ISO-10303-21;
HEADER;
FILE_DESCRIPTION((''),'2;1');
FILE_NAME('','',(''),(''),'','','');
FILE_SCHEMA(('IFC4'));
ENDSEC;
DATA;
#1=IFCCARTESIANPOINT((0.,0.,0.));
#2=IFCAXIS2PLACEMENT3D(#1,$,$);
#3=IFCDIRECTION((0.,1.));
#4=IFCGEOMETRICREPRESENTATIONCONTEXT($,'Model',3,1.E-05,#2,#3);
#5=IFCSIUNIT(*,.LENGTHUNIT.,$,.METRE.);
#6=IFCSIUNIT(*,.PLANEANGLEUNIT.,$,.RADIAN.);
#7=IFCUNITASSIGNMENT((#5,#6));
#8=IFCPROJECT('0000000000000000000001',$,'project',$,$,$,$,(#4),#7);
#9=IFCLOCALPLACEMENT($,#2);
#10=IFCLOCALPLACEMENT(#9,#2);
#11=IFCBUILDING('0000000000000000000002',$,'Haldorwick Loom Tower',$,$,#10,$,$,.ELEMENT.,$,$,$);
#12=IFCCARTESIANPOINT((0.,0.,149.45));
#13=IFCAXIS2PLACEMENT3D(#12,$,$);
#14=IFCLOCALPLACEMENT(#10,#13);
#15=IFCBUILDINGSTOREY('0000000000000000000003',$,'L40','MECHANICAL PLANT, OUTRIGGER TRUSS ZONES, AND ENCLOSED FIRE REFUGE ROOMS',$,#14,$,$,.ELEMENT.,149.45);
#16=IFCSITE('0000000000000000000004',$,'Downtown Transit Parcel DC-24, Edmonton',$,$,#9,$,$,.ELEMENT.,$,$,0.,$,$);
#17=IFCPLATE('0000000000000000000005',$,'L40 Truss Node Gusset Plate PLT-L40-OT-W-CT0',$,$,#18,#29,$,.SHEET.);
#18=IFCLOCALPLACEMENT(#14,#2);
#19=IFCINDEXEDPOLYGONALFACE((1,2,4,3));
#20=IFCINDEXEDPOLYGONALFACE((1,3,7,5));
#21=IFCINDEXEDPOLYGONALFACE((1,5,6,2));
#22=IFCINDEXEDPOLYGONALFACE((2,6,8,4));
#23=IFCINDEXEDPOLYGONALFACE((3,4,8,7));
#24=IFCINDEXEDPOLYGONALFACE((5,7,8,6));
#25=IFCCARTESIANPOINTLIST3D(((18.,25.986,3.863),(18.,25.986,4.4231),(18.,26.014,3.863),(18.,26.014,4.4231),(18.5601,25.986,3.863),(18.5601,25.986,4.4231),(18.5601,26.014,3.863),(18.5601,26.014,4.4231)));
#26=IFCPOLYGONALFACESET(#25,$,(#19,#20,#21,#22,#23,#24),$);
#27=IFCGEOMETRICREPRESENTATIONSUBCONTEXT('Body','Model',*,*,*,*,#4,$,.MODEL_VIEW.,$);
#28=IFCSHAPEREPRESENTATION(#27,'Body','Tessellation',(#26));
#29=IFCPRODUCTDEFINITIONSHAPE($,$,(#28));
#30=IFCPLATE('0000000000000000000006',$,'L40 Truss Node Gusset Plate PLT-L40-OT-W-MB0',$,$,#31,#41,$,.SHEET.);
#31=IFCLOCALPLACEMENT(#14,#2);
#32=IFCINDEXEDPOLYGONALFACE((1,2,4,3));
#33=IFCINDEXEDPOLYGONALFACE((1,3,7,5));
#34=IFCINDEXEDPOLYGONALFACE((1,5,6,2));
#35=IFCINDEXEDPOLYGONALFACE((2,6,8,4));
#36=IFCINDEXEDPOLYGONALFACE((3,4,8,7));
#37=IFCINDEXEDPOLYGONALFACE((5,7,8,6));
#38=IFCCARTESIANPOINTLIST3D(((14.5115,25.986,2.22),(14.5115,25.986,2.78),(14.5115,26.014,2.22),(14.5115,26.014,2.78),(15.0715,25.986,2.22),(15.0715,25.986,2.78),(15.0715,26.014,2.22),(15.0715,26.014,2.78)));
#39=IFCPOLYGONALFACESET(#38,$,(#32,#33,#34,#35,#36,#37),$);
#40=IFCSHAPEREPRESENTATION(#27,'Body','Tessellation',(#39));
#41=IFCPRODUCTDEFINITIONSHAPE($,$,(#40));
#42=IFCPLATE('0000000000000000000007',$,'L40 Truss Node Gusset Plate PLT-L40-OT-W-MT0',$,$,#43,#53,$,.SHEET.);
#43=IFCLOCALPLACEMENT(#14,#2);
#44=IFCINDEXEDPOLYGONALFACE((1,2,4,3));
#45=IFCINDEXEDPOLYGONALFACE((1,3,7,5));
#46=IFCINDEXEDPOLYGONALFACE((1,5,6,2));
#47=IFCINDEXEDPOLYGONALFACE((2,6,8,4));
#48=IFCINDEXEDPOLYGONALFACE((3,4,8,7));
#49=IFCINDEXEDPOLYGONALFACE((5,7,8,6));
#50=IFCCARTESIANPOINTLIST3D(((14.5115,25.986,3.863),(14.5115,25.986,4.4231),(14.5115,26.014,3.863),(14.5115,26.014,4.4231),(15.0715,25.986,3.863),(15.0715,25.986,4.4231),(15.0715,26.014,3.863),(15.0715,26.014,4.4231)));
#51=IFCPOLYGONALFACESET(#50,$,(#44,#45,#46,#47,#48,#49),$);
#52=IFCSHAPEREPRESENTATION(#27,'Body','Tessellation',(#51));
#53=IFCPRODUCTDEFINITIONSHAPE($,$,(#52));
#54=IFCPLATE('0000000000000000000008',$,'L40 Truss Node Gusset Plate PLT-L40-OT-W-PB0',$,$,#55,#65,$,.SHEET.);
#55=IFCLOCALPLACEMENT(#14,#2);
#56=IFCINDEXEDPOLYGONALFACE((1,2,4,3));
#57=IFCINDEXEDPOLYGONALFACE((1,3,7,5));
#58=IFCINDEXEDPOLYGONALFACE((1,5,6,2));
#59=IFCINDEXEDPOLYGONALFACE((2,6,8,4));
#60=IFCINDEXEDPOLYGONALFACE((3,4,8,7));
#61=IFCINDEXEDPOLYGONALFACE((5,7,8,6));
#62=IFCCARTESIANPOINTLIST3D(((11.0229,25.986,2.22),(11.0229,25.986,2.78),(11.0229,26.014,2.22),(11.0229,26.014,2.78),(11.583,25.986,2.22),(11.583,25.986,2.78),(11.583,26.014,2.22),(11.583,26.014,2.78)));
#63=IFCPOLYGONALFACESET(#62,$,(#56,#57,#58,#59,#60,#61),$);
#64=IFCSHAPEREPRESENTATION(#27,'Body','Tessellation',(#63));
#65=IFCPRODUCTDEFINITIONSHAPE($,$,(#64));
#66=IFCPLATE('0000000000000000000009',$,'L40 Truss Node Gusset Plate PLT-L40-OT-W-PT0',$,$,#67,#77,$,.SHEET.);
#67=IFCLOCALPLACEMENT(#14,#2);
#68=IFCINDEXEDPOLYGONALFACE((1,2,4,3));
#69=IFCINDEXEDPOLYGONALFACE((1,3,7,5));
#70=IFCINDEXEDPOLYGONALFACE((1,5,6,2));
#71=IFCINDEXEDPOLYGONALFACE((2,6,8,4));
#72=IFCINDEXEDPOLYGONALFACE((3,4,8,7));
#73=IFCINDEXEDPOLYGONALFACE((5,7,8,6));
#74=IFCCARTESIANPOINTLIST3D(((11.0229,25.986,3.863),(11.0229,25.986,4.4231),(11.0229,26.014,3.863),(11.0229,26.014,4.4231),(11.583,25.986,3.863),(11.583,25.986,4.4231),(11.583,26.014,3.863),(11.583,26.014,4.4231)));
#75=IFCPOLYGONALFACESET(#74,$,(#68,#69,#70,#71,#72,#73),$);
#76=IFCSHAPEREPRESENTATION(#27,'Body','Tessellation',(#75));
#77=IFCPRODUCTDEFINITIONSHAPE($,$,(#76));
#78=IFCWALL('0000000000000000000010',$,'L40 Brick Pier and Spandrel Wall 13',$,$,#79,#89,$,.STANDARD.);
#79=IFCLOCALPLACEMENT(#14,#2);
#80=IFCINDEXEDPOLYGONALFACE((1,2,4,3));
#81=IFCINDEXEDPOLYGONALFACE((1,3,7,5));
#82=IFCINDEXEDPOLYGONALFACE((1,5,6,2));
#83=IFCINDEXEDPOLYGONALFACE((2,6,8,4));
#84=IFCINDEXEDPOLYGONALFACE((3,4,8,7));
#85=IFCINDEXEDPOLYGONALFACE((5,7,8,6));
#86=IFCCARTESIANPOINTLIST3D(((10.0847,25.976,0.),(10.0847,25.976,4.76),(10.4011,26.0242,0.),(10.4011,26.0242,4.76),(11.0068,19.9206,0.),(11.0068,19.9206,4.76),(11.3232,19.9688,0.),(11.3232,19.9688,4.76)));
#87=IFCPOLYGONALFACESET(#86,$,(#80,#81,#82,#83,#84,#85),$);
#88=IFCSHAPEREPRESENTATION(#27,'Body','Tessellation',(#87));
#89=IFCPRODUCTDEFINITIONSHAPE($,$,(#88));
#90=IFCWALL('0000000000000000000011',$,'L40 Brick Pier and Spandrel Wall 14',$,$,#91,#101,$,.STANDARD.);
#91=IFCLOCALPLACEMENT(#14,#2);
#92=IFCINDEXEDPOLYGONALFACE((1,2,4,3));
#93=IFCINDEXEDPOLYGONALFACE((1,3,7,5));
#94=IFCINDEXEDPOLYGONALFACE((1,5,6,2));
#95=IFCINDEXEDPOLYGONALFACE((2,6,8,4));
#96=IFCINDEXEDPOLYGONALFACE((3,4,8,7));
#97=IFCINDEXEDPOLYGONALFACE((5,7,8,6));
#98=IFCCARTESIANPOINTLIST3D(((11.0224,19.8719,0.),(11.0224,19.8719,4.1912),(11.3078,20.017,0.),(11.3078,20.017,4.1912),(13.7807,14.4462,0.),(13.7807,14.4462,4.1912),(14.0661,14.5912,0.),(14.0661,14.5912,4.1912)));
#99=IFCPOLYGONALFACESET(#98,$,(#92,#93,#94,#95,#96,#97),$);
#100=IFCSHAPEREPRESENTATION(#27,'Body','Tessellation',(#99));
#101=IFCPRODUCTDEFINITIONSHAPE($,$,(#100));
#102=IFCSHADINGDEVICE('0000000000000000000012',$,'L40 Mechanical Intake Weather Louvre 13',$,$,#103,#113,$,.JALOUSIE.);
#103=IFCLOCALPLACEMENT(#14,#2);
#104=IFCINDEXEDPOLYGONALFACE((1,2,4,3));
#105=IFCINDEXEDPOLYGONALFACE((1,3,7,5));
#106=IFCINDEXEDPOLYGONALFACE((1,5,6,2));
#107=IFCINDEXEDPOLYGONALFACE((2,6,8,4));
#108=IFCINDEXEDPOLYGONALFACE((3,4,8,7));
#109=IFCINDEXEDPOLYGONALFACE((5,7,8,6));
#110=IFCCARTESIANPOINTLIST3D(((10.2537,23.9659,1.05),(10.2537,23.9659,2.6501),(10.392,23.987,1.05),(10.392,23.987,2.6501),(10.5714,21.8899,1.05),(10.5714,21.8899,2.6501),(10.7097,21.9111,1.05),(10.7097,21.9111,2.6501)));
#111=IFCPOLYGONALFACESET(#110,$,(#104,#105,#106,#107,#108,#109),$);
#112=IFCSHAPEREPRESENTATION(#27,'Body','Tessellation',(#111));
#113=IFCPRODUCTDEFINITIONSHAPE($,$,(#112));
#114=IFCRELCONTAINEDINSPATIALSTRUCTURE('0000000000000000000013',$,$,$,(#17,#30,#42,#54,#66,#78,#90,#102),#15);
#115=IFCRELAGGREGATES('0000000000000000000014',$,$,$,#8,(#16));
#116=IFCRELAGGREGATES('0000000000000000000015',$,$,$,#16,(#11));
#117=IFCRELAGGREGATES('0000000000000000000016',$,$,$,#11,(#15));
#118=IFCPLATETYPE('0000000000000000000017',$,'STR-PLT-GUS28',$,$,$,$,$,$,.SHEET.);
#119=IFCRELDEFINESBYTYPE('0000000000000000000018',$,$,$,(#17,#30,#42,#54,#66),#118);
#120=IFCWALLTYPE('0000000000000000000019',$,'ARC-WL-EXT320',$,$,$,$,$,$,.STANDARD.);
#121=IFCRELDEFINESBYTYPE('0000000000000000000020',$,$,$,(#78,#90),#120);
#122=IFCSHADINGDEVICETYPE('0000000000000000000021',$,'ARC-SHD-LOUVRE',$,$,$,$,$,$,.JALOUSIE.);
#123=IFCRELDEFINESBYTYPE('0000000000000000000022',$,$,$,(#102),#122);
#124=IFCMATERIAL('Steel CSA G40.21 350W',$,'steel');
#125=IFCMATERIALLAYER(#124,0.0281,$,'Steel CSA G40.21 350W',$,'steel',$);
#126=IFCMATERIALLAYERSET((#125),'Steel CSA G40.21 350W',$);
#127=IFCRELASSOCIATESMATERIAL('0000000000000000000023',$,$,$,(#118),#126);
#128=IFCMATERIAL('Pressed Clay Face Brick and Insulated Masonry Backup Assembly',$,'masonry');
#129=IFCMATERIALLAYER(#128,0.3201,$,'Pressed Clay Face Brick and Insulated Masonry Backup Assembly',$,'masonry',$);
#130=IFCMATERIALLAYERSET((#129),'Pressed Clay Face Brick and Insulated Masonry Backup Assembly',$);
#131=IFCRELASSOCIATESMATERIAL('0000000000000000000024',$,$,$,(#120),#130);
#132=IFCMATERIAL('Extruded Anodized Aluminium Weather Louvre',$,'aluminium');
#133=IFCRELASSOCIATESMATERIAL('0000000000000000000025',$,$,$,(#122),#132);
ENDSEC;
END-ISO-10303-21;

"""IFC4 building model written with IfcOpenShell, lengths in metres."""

from ifc_helpers import new_model, si_unit, direction, frame, frame_2d, origin, origin_2d, place, context, subcontext, project, spatial, rectangle, extrude, material, layer, layer_set, type_object, element, save


model = new_model("IFC4")

# Units and contexts
model_context = context("Model", 3, precision=1e-05, world=origin(), true_north=direction((0.0, 1.0)))
body_context = subcontext(model_context, "Body", "Model", "MODEL_VIEW")
ifc_project = project(units=[si_unit("LENGTHUNIT", "METRE"), si_unit("PLANEANGLEUNIT", "RADIAN")], contexts=[model_context])

# Site, building, storey
site_placement = place(None, origin())
site = spatial("IfcSite", under=ifc_project, at=site_placement, Name="Downtown Transit Parcel DC-24, Edmonton", CompositionType="ELEMENT", RefElevation=0.0)
building_placement = place(site_placement, origin())
building = spatial("IfcBuilding", under=site, at=building_placement, Name="Haldorwick Loom Tower", CompositionType="ELEMENT")
storey_placement = place(building_placement, frame((0.0, 0.0, 149.45)))
storey = spatial("IfcBuildingStorey", under=building, at=storey_placement, Name="L40", Description="MECHANICAL PLANT, OUTRIGGER TRUSS ZONES, AND ENCLOSED FIRE REFUGE ROOMS", CompositionType="ELEMENT", Elevation=149.45)

# Shared definitions
ifc_material_1 = material(Name="Steel CSA G40.21 350W", Category="steel")

# Plates
ifc_layer_1 = layer(ifc_material_1, 0.0281, Name="Steel CSA G40.21 350W", Category="steel")
ifc_layer_set_1 = layer_set([ifc_layer_1], Name="Steel CSA G40.21 350W")
plate_type = type_object("IfcPlateType", Name="STR-PLT-GUS28", PredefinedType="SHEET", material=ifc_layer_set_1)
for number, where, z_axis, x_axis, name in (
    (1, (18.28, 26.0, 3.863), (0.0, 0.0, 1.0), (-1.0, 0.0, 0.0), "L40 Truss Node Gusset Plate PLT-L40-OT-W-CT0"),
    (2, (14.7915, 26.0, 2.22), (0.0, 0.0, 1.0), (-1.0, 0.0, 0.0), "L40 Truss Node Gusset Plate PLT-L40-OT-W-MB0"),
    (3, (14.7915, 26.0, 3.863), (0.0, 0.0, 1.0), (-1.0, 0.0, 0.0), "L40 Truss Node Gusset Plate PLT-L40-OT-W-MT0"),
    (4, (11.303, 26.0, 2.22), (0.0, 0.0, 1.0), (-1.0, 0.0, 0.0), "L40 Truss Node Gusset Plate PLT-L40-OT-W-PB0"),
    (5, (11.303, 26.0, 3.863), (0.0, 0.0, 1.0), (-1.0, 0.0, 0.0), "L40 Truss Node Gusset Plate PLT-L40-OT-W-PT0"),
):
    element("IfcPlate", number, at=place(storey_placement, frame(where, z_axis=z_axis, x_axis=x_axis)), inside=storey, type_object=plate_type, Name=name, PredefinedType="SHEET", context=body_context, shape_type="SweptSolid", body=[
        extrude(rectangle(XDim=0.5601, YDim=0.0281, at=origin_2d()), origin(), (0.0, 0.0, 1.0), 0.5601),
    ])

# Walls
ifc_material_2 = material(Name="Pressed Clay Face Brick and Insulated Masonry Backup Assembly", Category="masonry")
ifc_layer_2 = layer(ifc_material_2, 0.3201, Name="Pressed Clay Face Brick and Insulated Masonry Backup Assembly", Category="masonry")
ifc_layer_set_2 = layer_set([ifc_layer_2], Name="Pressed Clay Face Brick and Insulated Masonry Backup Assembly")
wall_type = type_object("IfcWallType", Name="ARC-WL-EXT320", PredefinedType="STANDARD", material=ifc_layer_set_2)
wall_1_placement = place(storey_placement, frame((10.2429, 26.0, 0.0), z_axis=(0.0, 0.0, 1.0), x_axis=(0.150544, -0.988603, 0.0)))
element("IfcWall", 6, at=wall_1_placement, inside=storey, type_object=wall_type, Name="L40 Brick Pier and Spandrel Wall 13", PredefinedType="STANDARD", context=body_context, shape_type="SweptSolid", body=[
    extrude(rectangle(XDim=6.1252, YDim=0.3201, at=frame_2d((3.0625, 0.0))), origin(), (0.0, 0.0, 1.0), 4.76),
])
wall_2_placement = place(storey_placement, frame((11.165, 19.9446, 0.0), z_axis=(0.0, 0.0, 1.0), x_axis=(0.453172, -0.891423, 0.0)))
element("IfcWall", 7, at=wall_2_placement, inside=storey, type_object=wall_type, Name="L40 Brick Pier and Spandrel Wall 14", PredefinedType="STANDARD", context=body_context, shape_type="SweptSolid", body=[
    extrude(rectangle(XDim=6.0867, YDim=0.3201, at=frame_2d((3.0435, 0.0))), origin(), (0.0, 0.0, 1.0), 4.1912),
])

# Shading device
ifc_material_3 = material(Name="Extruded Anodized Aluminium Weather Louvre", Category="aluminium")
shading_device_type = type_object("IfcShadingDeviceType", Name="ARC-SHD-LOUVRE", PredefinedType="JALOUSIE", material=ifc_material_3)
shading_device_placement = place(storey_placement, frame((10.4817, 22.9385, 1.05), z_axis=(0.0, 0.0, 1.0), x_axis=(0.151261, -0.988494, 0.0)))
element("IfcShadingDevice", 8, at=shading_device_placement, inside=storey, type_object=shading_device_type, Name="L40 Mechanical Intake Weather Louvre 13", PredefinedType="JALOUSIE", context=body_context, shape_type="SweptSolid", body=[
    extrude(rectangle(XDim=2.1001, YDim=0.1399, at=origin_2d()), origin(), (0.0, 0.0, 1.0), 1.6001),
])

save(model, "model.ifc")
